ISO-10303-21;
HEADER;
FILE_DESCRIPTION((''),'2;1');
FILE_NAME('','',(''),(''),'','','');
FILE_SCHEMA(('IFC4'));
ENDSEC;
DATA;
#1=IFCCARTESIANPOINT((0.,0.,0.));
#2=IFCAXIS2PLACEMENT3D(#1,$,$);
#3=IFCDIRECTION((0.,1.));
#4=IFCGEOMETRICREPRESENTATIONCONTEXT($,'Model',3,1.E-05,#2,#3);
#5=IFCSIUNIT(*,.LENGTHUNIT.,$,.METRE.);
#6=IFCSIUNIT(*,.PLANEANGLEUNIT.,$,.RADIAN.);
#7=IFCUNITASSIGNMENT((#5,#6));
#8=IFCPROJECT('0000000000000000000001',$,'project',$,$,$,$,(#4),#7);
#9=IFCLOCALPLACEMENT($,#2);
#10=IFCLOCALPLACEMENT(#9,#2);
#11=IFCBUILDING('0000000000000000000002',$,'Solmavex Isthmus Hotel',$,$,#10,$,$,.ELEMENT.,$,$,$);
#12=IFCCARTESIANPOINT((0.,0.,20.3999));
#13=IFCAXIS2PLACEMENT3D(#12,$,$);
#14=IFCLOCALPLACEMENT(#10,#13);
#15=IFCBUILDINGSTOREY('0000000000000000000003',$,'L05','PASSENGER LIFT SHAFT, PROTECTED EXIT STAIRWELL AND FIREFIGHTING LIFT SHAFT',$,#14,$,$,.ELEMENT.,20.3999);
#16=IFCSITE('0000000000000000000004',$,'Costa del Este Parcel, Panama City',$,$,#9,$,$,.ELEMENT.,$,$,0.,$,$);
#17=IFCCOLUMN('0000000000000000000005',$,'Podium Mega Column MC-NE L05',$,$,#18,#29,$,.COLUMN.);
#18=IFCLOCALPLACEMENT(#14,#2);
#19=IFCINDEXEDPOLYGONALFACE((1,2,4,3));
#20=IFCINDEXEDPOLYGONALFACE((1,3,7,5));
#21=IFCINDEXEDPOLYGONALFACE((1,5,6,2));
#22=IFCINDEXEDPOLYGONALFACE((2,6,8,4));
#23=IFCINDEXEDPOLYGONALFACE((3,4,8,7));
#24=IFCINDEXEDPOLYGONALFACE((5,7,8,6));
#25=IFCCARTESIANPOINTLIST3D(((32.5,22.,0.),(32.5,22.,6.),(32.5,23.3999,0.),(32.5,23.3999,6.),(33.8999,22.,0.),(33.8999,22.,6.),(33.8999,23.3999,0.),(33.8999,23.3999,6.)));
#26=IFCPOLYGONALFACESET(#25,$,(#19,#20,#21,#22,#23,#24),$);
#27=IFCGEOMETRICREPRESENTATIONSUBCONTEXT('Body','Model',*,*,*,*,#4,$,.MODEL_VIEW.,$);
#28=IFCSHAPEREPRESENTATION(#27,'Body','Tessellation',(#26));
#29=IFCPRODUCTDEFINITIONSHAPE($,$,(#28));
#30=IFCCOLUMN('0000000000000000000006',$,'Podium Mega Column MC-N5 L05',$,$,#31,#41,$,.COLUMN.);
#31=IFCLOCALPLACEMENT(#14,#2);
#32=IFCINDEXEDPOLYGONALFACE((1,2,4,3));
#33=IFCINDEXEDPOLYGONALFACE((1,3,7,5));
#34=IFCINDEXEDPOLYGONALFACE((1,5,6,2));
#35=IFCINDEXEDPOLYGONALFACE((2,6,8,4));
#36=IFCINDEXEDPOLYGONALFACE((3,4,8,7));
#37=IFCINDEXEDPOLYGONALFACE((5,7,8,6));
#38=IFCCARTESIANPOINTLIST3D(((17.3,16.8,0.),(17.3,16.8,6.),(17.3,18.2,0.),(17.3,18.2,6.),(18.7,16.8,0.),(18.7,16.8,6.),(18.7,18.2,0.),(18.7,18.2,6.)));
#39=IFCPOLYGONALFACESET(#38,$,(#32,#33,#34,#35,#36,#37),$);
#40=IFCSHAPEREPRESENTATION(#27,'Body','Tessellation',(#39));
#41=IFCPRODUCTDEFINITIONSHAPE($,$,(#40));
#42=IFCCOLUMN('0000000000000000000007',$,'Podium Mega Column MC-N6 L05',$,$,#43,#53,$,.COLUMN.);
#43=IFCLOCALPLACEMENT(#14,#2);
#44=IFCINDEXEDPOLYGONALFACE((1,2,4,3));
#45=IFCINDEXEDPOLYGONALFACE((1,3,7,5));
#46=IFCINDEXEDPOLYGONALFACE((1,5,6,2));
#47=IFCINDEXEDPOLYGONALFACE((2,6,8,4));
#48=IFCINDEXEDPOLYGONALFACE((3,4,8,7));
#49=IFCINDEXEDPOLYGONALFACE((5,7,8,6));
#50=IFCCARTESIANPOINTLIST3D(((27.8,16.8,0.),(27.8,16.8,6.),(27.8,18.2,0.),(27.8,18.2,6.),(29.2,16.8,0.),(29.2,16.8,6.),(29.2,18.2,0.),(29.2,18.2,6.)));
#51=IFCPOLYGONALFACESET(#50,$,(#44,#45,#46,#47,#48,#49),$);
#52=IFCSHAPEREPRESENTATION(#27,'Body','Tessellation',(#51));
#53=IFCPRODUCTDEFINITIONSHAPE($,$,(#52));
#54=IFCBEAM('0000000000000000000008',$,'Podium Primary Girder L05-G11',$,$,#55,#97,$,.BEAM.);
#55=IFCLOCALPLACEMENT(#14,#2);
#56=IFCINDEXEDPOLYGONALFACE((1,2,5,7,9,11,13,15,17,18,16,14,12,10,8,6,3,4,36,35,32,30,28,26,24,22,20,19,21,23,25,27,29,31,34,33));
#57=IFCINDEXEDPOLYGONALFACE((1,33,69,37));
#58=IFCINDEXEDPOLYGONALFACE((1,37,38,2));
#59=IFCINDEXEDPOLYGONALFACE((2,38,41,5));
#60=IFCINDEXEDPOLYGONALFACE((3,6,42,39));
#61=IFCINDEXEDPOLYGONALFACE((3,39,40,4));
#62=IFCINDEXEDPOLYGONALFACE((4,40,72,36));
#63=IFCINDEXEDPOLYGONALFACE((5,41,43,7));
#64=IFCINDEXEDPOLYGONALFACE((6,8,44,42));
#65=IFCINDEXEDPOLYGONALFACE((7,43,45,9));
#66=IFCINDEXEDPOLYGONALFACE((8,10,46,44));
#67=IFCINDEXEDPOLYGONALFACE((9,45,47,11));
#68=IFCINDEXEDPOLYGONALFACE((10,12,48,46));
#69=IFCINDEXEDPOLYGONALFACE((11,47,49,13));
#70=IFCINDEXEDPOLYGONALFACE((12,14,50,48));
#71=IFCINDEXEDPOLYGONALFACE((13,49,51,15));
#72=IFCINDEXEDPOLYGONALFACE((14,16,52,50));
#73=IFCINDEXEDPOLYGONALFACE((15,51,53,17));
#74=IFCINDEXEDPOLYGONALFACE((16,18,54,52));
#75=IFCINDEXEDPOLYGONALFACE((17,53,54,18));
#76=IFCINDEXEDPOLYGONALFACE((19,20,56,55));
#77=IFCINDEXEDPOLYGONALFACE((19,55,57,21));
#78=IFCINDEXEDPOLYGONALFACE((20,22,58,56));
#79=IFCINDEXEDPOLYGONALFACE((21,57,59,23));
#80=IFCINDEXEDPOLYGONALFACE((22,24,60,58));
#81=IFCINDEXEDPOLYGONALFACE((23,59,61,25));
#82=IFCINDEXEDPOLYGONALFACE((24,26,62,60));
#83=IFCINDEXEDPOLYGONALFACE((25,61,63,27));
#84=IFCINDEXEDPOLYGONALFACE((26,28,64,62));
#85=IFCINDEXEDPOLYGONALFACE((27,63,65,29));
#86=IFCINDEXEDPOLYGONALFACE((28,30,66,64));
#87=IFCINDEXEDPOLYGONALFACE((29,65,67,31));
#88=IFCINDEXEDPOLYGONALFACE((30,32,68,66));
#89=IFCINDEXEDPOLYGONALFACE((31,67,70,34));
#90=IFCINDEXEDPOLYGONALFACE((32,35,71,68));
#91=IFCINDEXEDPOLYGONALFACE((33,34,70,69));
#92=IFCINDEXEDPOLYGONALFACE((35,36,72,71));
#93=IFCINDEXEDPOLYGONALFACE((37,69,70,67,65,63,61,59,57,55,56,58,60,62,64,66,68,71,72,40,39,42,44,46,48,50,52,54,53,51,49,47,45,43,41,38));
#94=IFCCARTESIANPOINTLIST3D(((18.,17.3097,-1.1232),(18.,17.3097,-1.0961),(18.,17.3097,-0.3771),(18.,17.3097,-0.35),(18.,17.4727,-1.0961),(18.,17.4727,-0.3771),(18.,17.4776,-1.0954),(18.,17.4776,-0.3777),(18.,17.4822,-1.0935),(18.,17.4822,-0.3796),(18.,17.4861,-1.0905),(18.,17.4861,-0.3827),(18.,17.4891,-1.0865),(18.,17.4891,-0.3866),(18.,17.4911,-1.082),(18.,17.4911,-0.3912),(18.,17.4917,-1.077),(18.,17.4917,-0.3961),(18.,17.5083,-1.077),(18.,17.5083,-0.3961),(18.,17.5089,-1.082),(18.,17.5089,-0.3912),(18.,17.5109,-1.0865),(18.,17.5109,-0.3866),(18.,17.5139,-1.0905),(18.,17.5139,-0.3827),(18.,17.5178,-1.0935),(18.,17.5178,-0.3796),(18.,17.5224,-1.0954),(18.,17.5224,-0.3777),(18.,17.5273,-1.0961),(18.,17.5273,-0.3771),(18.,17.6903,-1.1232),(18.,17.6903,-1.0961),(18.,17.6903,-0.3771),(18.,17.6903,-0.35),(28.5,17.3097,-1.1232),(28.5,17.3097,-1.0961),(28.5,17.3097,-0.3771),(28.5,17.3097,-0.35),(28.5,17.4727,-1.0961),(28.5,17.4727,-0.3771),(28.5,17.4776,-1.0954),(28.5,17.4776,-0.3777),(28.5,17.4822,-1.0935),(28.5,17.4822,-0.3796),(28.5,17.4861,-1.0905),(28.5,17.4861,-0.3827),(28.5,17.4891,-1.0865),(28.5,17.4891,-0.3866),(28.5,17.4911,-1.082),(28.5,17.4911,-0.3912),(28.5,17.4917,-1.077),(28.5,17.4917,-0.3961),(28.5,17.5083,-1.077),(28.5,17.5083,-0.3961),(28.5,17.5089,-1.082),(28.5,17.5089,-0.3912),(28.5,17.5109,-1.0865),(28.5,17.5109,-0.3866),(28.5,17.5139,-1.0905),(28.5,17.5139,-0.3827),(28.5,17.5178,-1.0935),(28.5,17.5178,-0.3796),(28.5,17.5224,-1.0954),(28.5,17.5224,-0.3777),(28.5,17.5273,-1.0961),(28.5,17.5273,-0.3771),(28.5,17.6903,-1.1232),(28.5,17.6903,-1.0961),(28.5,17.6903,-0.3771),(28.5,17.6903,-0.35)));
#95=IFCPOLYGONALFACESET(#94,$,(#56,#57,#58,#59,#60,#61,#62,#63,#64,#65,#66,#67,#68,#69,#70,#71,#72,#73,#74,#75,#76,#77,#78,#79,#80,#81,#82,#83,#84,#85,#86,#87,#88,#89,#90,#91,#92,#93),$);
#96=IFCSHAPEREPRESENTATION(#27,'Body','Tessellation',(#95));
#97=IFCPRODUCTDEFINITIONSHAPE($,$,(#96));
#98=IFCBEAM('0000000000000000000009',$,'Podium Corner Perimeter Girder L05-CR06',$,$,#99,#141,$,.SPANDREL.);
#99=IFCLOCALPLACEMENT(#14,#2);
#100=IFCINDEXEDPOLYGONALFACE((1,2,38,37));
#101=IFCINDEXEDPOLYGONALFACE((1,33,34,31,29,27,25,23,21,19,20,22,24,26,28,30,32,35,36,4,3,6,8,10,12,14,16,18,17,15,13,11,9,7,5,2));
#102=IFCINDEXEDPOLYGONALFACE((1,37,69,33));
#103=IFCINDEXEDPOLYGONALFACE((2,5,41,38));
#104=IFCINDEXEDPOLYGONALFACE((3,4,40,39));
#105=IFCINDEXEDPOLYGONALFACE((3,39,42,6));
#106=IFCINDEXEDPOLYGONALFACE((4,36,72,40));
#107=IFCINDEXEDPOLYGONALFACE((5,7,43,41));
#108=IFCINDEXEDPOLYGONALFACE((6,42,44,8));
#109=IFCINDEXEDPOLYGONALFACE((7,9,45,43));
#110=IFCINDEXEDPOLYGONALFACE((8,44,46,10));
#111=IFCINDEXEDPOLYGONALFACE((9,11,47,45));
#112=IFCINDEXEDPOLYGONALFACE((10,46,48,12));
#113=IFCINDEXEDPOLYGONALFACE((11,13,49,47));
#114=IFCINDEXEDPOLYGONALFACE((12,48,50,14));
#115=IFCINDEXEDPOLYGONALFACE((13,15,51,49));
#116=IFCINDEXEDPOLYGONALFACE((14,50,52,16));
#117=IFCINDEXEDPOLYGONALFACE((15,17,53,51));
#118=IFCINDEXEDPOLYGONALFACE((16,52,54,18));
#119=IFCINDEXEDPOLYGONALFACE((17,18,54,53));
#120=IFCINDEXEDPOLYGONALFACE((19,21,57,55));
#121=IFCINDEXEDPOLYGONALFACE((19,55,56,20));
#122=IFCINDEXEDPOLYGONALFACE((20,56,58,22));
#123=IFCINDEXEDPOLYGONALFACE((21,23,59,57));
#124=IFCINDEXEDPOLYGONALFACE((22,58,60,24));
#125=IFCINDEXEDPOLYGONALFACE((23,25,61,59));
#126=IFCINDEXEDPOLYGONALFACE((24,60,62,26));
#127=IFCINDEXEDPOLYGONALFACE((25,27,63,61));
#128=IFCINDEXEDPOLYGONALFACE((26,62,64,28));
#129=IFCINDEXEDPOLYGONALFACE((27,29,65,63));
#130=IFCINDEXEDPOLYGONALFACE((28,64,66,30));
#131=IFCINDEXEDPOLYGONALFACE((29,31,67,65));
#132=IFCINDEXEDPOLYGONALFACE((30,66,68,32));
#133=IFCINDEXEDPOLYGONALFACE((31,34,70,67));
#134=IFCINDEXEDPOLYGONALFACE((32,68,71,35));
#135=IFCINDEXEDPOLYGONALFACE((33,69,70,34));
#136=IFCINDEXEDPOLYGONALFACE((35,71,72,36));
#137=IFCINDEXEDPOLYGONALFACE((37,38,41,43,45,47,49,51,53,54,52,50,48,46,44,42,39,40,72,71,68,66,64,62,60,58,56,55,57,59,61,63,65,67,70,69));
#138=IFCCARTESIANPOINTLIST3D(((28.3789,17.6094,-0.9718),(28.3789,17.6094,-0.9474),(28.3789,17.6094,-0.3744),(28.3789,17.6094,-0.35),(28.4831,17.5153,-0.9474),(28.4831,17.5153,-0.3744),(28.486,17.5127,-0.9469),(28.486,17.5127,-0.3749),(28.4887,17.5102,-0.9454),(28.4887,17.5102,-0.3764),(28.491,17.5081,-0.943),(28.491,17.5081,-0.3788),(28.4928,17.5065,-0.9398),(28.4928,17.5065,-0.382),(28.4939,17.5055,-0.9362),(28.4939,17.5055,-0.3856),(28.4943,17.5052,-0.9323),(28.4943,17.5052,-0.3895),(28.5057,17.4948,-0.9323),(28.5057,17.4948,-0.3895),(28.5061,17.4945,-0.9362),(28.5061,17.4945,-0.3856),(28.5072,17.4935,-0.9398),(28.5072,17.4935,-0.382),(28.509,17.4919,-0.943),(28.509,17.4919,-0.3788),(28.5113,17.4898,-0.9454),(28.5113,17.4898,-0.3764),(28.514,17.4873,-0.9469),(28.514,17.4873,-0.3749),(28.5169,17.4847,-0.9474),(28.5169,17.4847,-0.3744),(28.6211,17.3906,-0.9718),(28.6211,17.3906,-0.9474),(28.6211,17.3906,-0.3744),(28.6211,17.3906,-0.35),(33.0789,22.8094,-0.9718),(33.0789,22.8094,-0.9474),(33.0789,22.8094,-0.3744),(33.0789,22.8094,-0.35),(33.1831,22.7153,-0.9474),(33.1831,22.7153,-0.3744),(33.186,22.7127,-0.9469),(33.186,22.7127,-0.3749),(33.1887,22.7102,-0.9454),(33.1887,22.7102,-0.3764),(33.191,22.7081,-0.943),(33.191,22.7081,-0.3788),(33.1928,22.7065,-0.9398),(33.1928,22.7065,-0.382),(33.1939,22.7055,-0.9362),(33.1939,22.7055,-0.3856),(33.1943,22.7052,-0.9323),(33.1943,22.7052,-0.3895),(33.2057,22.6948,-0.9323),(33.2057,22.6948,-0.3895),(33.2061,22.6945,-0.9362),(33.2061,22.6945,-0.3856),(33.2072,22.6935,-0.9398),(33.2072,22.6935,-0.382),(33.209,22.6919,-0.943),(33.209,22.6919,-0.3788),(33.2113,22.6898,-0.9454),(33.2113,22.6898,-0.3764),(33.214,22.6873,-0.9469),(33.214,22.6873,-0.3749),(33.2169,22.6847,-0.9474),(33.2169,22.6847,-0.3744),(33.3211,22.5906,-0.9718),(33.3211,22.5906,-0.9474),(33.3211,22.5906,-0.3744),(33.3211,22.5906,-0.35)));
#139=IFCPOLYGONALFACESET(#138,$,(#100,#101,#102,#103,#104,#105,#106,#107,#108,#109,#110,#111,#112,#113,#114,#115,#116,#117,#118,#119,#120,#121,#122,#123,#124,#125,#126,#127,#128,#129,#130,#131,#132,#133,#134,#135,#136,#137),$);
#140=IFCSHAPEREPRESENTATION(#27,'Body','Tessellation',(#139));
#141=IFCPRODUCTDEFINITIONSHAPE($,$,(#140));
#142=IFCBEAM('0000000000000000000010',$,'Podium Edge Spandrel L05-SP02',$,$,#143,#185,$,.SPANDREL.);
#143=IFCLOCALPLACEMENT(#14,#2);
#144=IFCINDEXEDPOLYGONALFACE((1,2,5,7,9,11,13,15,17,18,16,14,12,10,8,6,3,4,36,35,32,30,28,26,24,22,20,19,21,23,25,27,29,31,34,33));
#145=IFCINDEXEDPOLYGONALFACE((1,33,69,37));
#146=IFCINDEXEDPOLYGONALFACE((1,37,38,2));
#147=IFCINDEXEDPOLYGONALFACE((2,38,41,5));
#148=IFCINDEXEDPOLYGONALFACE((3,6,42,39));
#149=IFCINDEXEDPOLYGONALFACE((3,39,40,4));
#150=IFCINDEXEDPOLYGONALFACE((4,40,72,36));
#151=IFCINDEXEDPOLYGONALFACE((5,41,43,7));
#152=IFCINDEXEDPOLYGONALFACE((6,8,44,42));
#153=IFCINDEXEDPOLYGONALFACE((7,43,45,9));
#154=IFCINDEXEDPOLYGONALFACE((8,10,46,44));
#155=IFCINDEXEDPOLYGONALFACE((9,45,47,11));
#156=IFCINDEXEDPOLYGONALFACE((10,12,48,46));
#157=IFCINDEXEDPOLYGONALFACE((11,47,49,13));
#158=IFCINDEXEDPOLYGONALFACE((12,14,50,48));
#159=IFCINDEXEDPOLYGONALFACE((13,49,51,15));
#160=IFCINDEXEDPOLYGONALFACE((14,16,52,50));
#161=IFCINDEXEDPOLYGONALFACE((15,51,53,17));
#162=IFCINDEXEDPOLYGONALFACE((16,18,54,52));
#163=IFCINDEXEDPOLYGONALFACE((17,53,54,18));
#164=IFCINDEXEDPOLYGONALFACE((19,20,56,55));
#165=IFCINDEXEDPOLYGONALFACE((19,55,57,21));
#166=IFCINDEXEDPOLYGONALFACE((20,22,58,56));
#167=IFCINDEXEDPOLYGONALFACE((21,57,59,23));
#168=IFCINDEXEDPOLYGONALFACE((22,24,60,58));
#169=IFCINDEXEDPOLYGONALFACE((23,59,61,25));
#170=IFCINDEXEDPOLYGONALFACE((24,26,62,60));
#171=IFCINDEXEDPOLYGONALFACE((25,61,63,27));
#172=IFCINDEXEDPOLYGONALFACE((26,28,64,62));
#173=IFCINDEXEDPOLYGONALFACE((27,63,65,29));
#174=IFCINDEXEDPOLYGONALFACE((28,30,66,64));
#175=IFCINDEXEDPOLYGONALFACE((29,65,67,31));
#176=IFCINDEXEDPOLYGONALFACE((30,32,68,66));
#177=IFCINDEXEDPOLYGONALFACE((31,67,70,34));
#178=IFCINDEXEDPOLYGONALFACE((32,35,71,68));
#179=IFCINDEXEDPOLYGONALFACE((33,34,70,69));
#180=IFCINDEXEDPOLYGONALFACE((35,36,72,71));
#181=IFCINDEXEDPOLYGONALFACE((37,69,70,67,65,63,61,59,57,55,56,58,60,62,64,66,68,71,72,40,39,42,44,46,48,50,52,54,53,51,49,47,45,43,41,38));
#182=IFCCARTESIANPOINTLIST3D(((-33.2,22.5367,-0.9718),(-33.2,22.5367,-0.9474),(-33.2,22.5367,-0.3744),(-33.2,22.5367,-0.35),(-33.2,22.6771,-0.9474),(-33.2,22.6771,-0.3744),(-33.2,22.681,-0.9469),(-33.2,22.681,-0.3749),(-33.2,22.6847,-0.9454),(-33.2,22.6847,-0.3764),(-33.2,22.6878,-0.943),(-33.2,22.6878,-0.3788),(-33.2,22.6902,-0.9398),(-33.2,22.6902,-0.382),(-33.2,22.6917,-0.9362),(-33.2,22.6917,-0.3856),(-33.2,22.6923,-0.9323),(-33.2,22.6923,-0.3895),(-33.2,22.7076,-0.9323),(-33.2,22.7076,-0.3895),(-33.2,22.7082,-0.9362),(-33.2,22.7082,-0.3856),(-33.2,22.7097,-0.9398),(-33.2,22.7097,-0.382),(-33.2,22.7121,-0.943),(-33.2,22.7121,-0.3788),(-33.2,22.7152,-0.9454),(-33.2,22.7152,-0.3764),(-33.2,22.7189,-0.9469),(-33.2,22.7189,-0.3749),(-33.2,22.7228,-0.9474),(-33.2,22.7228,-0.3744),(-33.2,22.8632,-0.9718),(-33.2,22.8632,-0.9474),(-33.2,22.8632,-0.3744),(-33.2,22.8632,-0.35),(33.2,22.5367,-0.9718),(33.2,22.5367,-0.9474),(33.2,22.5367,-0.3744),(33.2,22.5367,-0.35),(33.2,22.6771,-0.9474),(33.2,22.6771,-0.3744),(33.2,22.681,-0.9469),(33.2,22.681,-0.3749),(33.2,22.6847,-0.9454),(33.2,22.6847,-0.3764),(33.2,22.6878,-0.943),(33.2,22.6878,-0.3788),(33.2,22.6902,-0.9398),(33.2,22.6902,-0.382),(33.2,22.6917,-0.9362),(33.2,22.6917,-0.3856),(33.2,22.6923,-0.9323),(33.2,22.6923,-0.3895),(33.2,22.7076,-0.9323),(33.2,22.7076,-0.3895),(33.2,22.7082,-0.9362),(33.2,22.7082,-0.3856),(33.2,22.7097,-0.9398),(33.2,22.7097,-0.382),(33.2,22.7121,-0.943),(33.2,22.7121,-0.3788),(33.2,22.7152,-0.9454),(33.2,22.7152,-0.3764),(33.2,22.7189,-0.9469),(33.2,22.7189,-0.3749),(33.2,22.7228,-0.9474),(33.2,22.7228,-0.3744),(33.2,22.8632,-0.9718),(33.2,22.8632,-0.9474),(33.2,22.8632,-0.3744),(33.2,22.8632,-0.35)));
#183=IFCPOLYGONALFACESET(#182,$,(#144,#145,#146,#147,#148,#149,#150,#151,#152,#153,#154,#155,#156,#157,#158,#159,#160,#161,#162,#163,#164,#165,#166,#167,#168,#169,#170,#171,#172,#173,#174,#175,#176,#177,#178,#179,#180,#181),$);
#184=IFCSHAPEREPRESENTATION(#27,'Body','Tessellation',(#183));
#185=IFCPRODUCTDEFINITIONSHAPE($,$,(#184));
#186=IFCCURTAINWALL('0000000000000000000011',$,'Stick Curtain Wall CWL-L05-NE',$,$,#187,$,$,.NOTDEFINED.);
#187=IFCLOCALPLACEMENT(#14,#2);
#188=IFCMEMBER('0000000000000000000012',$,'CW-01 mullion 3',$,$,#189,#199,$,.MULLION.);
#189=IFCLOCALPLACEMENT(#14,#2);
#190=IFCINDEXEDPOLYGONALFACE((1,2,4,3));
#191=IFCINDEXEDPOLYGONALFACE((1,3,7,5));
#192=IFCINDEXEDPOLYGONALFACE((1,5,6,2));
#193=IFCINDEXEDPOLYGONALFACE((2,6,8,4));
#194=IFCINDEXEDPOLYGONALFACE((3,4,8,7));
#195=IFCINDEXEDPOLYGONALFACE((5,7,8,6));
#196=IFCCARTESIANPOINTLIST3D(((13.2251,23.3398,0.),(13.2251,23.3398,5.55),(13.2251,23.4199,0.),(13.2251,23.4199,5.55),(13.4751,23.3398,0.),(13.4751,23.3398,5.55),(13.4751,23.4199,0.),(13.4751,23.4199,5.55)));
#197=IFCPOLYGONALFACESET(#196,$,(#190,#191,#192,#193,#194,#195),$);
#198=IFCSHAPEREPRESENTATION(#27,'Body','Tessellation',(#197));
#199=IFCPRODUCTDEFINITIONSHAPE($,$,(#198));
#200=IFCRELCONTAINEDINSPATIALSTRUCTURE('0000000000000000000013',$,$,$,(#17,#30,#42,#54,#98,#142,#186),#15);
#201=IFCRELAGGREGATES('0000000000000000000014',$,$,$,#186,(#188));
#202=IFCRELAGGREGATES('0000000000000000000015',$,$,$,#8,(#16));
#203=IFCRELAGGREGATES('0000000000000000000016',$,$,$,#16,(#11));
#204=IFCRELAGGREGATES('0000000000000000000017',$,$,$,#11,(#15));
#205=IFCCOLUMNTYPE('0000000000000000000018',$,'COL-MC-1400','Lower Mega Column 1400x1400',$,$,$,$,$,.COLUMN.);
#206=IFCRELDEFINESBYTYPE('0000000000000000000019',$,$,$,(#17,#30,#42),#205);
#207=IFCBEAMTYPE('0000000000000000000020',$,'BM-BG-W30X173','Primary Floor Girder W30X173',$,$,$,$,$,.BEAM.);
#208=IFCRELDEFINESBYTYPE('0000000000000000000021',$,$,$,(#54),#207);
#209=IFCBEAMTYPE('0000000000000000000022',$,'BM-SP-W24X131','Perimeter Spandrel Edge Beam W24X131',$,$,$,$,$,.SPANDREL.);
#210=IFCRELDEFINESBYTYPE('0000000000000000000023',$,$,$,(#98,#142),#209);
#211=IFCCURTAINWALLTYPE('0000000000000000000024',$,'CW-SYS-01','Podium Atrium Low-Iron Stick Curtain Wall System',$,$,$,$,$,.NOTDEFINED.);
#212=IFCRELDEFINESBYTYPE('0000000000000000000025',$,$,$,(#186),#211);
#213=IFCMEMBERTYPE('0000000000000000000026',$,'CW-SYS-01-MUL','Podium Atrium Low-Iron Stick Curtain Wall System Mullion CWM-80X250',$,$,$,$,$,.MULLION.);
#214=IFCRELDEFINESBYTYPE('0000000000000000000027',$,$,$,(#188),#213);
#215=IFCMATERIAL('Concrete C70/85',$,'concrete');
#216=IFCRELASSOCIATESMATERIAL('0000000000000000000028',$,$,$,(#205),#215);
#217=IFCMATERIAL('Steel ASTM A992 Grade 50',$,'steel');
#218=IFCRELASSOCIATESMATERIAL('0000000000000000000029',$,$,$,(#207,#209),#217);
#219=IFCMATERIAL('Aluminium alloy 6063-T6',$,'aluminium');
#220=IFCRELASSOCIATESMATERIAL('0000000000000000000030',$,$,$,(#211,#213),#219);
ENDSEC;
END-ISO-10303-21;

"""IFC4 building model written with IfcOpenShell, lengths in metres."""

from ifc_helpers import new_model, si_unit, direction, frame, origin, origin_2d, place, context, subcontext, project, spatial, rectangle, i_section, extrude, material, material_profile, profile_set, type_object, element, aggregate, save


model = new_model("IFC4")

# Units and contexts
model_context = context("Model", 3, precision=1e-05, world=origin(), true_north=direction((0.0, 1.0)))
body_context = subcontext(model_context, "Body", "Model", "MODEL_VIEW")
ifc_project = project(units=[si_unit("LENGTHUNIT", "METRE"), si_unit("PLANEANGLEUNIT", "RADIAN")], contexts=[model_context])

# Site, building, storey
site_placement = place(None, origin())
site = spatial("IfcSite", under=ifc_project, at=site_placement, Name="Costa del Este Parcel, Panama City", CompositionType="ELEMENT", RefElevation=0.0)
building_placement = place(site_placement, origin())
building = spatial("IfcBuilding", under=site, at=building_placement, Name="Solmavex Isthmus Hotel", CompositionType="ELEMENT")
storey_placement = place(building_placement, frame((0.0, 0.0, 20.3999)))
storey = spatial("IfcBuildingStorey", under=building, at=storey_placement, Name="L05", Description="PASSENGER LIFT SHAFT, PROTECTED EXIT STAIRWELL AND FIREFIGHTING LIFT SHAFT", CompositionType="ELEMENT", Elevation=20.3999)

# Columns
ifc_material_1 = material(Name="Concrete C70/85", Category="concrete")
ifc_material_profile_1 = material_profile(ifc_material_1, rectangle(XDim=1.3999, YDim=1.3999, at=origin_2d()), Name="RC1400X1400")
ifc_profile_set_1 = profile_set([ifc_material_profile_1], Name="Concrete C70/85")
column_type = type_object("IfcColumnType", Name="COL-MC-1400", Description="Lower Mega Column 1400x1400", PredefinedType="COLUMN", material=ifc_profile_set_1)
for number, where, z_axis, x_axis, name in (
    (1, (33.2, 22.7, 0.0), (0.0, 0.0, 1.0), (1.0, 0.0, 0.0), "Podium Mega Column MC-NE L05"),
    (2, (18.0, 17.5, 0.0), (0.0, 0.0, 1.0), (1.0, 0.0, 0.0), "Podium Mega Column MC-N5 L05"),
    (3, (28.5, 17.5, 0.0), (0.0, 0.0, 1.0), (1.0, 0.0, 0.0), "Podium Mega Column MC-N6 L05"),
):
    element("IfcColumn", number, at=place(storey_placement, frame(where, z_axis=z_axis, x_axis=x_axis)), inside=storey, type_object=column_type, Name=name, PredefinedType="COLUMN", context=body_context, shape_type="SweptSolid", body=[
        extrude(rectangle(XDim=1.3999, YDim=1.3999, at=origin_2d()), origin(), (0.0, 0.0, 1.0), 6.0),
    ])

# Beams
ifc_material_2 = material(Name="Steel ASTM A992 Grade 50", Category="steel")
ifc_material_profile_2 = material_profile(ifc_material_2, i_section(OverallWidth=0.3806, OverallDepth=0.7732, WebThickness=0.0166, FlangeThickness=0.0271, FilletRadius=0.019, at=origin_2d()), Name="W30X173")
ifc_profile_set_2 = profile_set([ifc_material_profile_2], Name="Steel ASTM A992 Grade 50")
beam_type_1 = type_object("IfcBeamType", Name="BM-BG-W30X173", Description="Primary Floor Girder W30X173", PredefinedType="BEAM", material=ifc_profile_set_2)
beam_1_placement = place(storey_placement, frame((18.0, 17.5, -0.7366), z_axis=(1.0, 0.0, 0.0), x_axis=(0.0, 1.0, 0.0)))
element("IfcBeam", 4, at=beam_1_placement, inside=storey, type_object=beam_type_1, Name="Podium Primary Girder L05-G11", PredefinedType="BEAM", context=body_context, shape_type="SweptSolid", body=[
    extrude(i_section(OverallWidth=0.3806, OverallDepth=0.7732, WebThickness=0.0166, FlangeThickness=0.0271, FilletRadius=0.019, at=origin_2d()), origin(), (0.0, 0.0, 1.0), 10.5),
])
ifc_material_profile_3 = material_profile(ifc_material_2, i_section(OverallWidth=0.3264, OverallDepth=0.6218, WebThickness=0.0154, FlangeThickness=0.0244, FilletRadius=0.0151, at=origin_2d()), Name="W24X131")
ifc_profile_set_3 = profile_set([ifc_material_profile_3], Name="Steel ASTM A992 Grade 50")
beam_type_2 = type_object("IfcBeamType", Name="BM-SP-W24X131", Description="Perimeter Spandrel Edge Beam W24X131", PredefinedType="SPANDREL", material=ifc_profile_set_3)
beam_2_placement = place(storey_placement, frame((28.5, 17.5, -0.6609), z_axis=(0.670539, 0.741874, 0.0), x_axis=(-0.741874, 0.670539, 0.0)))
element("IfcBeam", 5, at=beam_2_placement, inside=storey, type_object=beam_type_2, Name="Podium Corner Perimeter Girder L05-CR06", PredefinedType="SPANDREL", context=body_context, shape_type="SweptSolid", body=[
    extrude(i_section(OverallWidth=0.3264, OverallDepth=0.6218, WebThickness=0.0154, FlangeThickness=0.0244, FilletRadius=0.0151, at=origin_2d()), origin(), (0.0, 0.0, 1.0), 7.0093),
])
beam_3_placement = place(storey_placement, frame((33.2, 22.7, -0.6609), z_axis=(-1.0, 0.0, 0.0), x_axis=(0.0, -1.0, 0.0)))
element("IfcBeam", 6, at=beam_3_placement, inside=storey, type_object=beam_type_2, Name="Podium Edge Spandrel L05-SP02", PredefinedType="SPANDREL", context=body_context, shape_type="SweptSolid", body=[
    extrude(i_section(OverallWidth=0.3264, OverallDepth=0.6218, WebThickness=0.0154, FlangeThickness=0.0244, FilletRadius=0.0151, at=origin_2d()), origin(), (0.0, 0.0, 1.0), 66.3999),
])

# Curtain wall, member
ifc_material_3 = material(Name="Aluminium alloy 6063-T6", Category="aluminium")
curtain_wall_type = type_object("IfcCurtainWallType", Name="CW-SYS-01", Description="Podium Atrium Low-Iron Stick Curtain Wall System", PredefinedType="NOTDEFINED", material=ifc_material_3)
curtain_wall_placement = place(storey_placement, origin())
curtain_wall = element("IfcCurtainWall", 7, at=curtain_wall_placement, inside=storey, type_object=curtain_wall_type, Name="Stick Curtain Wall CWL-L05-NE", PredefinedType="NOTDEFINED")
ifc_material_profile_4 = material_profile(ifc_material_3, rectangle(XDim=0.0801, YDim=0.25, at=origin_2d()), Name="CWM-80X250")
ifc_profile_set_4 = profile_set([ifc_material_profile_4], Name="Aluminium alloy 6063-T6")
member_type_1 = type_object("IfcMemberType", Name="CW-SYS-01-MUL", Description="Podium Atrium Low-Iron Stick Curtain Wall System Mullion CWM-80X250", PredefinedType="MULLION", material=ifc_profile_set_4)
member_1_placement = place(storey_placement, frame((13.3501, 23.3799, 0.0), z_axis=(0.0, 0.0, 1.0), x_axis=(0.0, 1.0, 0.0)))
member_1 = element("IfcMember", 8, at=member_1_placement, type_object=member_type_1, Name="CW-01 mullion 3", PredefinedType="MULLION", context=body_context, shape_type="SweptSolid", body=[
    extrude(rectangle(XDim=0.0801, YDim=0.25, at=origin_2d()), origin(), (0.0, 0.0, 1.0), 5.55),
])
aggregate(curtain_wall, [member_1])

save(model, "model.ifc")
